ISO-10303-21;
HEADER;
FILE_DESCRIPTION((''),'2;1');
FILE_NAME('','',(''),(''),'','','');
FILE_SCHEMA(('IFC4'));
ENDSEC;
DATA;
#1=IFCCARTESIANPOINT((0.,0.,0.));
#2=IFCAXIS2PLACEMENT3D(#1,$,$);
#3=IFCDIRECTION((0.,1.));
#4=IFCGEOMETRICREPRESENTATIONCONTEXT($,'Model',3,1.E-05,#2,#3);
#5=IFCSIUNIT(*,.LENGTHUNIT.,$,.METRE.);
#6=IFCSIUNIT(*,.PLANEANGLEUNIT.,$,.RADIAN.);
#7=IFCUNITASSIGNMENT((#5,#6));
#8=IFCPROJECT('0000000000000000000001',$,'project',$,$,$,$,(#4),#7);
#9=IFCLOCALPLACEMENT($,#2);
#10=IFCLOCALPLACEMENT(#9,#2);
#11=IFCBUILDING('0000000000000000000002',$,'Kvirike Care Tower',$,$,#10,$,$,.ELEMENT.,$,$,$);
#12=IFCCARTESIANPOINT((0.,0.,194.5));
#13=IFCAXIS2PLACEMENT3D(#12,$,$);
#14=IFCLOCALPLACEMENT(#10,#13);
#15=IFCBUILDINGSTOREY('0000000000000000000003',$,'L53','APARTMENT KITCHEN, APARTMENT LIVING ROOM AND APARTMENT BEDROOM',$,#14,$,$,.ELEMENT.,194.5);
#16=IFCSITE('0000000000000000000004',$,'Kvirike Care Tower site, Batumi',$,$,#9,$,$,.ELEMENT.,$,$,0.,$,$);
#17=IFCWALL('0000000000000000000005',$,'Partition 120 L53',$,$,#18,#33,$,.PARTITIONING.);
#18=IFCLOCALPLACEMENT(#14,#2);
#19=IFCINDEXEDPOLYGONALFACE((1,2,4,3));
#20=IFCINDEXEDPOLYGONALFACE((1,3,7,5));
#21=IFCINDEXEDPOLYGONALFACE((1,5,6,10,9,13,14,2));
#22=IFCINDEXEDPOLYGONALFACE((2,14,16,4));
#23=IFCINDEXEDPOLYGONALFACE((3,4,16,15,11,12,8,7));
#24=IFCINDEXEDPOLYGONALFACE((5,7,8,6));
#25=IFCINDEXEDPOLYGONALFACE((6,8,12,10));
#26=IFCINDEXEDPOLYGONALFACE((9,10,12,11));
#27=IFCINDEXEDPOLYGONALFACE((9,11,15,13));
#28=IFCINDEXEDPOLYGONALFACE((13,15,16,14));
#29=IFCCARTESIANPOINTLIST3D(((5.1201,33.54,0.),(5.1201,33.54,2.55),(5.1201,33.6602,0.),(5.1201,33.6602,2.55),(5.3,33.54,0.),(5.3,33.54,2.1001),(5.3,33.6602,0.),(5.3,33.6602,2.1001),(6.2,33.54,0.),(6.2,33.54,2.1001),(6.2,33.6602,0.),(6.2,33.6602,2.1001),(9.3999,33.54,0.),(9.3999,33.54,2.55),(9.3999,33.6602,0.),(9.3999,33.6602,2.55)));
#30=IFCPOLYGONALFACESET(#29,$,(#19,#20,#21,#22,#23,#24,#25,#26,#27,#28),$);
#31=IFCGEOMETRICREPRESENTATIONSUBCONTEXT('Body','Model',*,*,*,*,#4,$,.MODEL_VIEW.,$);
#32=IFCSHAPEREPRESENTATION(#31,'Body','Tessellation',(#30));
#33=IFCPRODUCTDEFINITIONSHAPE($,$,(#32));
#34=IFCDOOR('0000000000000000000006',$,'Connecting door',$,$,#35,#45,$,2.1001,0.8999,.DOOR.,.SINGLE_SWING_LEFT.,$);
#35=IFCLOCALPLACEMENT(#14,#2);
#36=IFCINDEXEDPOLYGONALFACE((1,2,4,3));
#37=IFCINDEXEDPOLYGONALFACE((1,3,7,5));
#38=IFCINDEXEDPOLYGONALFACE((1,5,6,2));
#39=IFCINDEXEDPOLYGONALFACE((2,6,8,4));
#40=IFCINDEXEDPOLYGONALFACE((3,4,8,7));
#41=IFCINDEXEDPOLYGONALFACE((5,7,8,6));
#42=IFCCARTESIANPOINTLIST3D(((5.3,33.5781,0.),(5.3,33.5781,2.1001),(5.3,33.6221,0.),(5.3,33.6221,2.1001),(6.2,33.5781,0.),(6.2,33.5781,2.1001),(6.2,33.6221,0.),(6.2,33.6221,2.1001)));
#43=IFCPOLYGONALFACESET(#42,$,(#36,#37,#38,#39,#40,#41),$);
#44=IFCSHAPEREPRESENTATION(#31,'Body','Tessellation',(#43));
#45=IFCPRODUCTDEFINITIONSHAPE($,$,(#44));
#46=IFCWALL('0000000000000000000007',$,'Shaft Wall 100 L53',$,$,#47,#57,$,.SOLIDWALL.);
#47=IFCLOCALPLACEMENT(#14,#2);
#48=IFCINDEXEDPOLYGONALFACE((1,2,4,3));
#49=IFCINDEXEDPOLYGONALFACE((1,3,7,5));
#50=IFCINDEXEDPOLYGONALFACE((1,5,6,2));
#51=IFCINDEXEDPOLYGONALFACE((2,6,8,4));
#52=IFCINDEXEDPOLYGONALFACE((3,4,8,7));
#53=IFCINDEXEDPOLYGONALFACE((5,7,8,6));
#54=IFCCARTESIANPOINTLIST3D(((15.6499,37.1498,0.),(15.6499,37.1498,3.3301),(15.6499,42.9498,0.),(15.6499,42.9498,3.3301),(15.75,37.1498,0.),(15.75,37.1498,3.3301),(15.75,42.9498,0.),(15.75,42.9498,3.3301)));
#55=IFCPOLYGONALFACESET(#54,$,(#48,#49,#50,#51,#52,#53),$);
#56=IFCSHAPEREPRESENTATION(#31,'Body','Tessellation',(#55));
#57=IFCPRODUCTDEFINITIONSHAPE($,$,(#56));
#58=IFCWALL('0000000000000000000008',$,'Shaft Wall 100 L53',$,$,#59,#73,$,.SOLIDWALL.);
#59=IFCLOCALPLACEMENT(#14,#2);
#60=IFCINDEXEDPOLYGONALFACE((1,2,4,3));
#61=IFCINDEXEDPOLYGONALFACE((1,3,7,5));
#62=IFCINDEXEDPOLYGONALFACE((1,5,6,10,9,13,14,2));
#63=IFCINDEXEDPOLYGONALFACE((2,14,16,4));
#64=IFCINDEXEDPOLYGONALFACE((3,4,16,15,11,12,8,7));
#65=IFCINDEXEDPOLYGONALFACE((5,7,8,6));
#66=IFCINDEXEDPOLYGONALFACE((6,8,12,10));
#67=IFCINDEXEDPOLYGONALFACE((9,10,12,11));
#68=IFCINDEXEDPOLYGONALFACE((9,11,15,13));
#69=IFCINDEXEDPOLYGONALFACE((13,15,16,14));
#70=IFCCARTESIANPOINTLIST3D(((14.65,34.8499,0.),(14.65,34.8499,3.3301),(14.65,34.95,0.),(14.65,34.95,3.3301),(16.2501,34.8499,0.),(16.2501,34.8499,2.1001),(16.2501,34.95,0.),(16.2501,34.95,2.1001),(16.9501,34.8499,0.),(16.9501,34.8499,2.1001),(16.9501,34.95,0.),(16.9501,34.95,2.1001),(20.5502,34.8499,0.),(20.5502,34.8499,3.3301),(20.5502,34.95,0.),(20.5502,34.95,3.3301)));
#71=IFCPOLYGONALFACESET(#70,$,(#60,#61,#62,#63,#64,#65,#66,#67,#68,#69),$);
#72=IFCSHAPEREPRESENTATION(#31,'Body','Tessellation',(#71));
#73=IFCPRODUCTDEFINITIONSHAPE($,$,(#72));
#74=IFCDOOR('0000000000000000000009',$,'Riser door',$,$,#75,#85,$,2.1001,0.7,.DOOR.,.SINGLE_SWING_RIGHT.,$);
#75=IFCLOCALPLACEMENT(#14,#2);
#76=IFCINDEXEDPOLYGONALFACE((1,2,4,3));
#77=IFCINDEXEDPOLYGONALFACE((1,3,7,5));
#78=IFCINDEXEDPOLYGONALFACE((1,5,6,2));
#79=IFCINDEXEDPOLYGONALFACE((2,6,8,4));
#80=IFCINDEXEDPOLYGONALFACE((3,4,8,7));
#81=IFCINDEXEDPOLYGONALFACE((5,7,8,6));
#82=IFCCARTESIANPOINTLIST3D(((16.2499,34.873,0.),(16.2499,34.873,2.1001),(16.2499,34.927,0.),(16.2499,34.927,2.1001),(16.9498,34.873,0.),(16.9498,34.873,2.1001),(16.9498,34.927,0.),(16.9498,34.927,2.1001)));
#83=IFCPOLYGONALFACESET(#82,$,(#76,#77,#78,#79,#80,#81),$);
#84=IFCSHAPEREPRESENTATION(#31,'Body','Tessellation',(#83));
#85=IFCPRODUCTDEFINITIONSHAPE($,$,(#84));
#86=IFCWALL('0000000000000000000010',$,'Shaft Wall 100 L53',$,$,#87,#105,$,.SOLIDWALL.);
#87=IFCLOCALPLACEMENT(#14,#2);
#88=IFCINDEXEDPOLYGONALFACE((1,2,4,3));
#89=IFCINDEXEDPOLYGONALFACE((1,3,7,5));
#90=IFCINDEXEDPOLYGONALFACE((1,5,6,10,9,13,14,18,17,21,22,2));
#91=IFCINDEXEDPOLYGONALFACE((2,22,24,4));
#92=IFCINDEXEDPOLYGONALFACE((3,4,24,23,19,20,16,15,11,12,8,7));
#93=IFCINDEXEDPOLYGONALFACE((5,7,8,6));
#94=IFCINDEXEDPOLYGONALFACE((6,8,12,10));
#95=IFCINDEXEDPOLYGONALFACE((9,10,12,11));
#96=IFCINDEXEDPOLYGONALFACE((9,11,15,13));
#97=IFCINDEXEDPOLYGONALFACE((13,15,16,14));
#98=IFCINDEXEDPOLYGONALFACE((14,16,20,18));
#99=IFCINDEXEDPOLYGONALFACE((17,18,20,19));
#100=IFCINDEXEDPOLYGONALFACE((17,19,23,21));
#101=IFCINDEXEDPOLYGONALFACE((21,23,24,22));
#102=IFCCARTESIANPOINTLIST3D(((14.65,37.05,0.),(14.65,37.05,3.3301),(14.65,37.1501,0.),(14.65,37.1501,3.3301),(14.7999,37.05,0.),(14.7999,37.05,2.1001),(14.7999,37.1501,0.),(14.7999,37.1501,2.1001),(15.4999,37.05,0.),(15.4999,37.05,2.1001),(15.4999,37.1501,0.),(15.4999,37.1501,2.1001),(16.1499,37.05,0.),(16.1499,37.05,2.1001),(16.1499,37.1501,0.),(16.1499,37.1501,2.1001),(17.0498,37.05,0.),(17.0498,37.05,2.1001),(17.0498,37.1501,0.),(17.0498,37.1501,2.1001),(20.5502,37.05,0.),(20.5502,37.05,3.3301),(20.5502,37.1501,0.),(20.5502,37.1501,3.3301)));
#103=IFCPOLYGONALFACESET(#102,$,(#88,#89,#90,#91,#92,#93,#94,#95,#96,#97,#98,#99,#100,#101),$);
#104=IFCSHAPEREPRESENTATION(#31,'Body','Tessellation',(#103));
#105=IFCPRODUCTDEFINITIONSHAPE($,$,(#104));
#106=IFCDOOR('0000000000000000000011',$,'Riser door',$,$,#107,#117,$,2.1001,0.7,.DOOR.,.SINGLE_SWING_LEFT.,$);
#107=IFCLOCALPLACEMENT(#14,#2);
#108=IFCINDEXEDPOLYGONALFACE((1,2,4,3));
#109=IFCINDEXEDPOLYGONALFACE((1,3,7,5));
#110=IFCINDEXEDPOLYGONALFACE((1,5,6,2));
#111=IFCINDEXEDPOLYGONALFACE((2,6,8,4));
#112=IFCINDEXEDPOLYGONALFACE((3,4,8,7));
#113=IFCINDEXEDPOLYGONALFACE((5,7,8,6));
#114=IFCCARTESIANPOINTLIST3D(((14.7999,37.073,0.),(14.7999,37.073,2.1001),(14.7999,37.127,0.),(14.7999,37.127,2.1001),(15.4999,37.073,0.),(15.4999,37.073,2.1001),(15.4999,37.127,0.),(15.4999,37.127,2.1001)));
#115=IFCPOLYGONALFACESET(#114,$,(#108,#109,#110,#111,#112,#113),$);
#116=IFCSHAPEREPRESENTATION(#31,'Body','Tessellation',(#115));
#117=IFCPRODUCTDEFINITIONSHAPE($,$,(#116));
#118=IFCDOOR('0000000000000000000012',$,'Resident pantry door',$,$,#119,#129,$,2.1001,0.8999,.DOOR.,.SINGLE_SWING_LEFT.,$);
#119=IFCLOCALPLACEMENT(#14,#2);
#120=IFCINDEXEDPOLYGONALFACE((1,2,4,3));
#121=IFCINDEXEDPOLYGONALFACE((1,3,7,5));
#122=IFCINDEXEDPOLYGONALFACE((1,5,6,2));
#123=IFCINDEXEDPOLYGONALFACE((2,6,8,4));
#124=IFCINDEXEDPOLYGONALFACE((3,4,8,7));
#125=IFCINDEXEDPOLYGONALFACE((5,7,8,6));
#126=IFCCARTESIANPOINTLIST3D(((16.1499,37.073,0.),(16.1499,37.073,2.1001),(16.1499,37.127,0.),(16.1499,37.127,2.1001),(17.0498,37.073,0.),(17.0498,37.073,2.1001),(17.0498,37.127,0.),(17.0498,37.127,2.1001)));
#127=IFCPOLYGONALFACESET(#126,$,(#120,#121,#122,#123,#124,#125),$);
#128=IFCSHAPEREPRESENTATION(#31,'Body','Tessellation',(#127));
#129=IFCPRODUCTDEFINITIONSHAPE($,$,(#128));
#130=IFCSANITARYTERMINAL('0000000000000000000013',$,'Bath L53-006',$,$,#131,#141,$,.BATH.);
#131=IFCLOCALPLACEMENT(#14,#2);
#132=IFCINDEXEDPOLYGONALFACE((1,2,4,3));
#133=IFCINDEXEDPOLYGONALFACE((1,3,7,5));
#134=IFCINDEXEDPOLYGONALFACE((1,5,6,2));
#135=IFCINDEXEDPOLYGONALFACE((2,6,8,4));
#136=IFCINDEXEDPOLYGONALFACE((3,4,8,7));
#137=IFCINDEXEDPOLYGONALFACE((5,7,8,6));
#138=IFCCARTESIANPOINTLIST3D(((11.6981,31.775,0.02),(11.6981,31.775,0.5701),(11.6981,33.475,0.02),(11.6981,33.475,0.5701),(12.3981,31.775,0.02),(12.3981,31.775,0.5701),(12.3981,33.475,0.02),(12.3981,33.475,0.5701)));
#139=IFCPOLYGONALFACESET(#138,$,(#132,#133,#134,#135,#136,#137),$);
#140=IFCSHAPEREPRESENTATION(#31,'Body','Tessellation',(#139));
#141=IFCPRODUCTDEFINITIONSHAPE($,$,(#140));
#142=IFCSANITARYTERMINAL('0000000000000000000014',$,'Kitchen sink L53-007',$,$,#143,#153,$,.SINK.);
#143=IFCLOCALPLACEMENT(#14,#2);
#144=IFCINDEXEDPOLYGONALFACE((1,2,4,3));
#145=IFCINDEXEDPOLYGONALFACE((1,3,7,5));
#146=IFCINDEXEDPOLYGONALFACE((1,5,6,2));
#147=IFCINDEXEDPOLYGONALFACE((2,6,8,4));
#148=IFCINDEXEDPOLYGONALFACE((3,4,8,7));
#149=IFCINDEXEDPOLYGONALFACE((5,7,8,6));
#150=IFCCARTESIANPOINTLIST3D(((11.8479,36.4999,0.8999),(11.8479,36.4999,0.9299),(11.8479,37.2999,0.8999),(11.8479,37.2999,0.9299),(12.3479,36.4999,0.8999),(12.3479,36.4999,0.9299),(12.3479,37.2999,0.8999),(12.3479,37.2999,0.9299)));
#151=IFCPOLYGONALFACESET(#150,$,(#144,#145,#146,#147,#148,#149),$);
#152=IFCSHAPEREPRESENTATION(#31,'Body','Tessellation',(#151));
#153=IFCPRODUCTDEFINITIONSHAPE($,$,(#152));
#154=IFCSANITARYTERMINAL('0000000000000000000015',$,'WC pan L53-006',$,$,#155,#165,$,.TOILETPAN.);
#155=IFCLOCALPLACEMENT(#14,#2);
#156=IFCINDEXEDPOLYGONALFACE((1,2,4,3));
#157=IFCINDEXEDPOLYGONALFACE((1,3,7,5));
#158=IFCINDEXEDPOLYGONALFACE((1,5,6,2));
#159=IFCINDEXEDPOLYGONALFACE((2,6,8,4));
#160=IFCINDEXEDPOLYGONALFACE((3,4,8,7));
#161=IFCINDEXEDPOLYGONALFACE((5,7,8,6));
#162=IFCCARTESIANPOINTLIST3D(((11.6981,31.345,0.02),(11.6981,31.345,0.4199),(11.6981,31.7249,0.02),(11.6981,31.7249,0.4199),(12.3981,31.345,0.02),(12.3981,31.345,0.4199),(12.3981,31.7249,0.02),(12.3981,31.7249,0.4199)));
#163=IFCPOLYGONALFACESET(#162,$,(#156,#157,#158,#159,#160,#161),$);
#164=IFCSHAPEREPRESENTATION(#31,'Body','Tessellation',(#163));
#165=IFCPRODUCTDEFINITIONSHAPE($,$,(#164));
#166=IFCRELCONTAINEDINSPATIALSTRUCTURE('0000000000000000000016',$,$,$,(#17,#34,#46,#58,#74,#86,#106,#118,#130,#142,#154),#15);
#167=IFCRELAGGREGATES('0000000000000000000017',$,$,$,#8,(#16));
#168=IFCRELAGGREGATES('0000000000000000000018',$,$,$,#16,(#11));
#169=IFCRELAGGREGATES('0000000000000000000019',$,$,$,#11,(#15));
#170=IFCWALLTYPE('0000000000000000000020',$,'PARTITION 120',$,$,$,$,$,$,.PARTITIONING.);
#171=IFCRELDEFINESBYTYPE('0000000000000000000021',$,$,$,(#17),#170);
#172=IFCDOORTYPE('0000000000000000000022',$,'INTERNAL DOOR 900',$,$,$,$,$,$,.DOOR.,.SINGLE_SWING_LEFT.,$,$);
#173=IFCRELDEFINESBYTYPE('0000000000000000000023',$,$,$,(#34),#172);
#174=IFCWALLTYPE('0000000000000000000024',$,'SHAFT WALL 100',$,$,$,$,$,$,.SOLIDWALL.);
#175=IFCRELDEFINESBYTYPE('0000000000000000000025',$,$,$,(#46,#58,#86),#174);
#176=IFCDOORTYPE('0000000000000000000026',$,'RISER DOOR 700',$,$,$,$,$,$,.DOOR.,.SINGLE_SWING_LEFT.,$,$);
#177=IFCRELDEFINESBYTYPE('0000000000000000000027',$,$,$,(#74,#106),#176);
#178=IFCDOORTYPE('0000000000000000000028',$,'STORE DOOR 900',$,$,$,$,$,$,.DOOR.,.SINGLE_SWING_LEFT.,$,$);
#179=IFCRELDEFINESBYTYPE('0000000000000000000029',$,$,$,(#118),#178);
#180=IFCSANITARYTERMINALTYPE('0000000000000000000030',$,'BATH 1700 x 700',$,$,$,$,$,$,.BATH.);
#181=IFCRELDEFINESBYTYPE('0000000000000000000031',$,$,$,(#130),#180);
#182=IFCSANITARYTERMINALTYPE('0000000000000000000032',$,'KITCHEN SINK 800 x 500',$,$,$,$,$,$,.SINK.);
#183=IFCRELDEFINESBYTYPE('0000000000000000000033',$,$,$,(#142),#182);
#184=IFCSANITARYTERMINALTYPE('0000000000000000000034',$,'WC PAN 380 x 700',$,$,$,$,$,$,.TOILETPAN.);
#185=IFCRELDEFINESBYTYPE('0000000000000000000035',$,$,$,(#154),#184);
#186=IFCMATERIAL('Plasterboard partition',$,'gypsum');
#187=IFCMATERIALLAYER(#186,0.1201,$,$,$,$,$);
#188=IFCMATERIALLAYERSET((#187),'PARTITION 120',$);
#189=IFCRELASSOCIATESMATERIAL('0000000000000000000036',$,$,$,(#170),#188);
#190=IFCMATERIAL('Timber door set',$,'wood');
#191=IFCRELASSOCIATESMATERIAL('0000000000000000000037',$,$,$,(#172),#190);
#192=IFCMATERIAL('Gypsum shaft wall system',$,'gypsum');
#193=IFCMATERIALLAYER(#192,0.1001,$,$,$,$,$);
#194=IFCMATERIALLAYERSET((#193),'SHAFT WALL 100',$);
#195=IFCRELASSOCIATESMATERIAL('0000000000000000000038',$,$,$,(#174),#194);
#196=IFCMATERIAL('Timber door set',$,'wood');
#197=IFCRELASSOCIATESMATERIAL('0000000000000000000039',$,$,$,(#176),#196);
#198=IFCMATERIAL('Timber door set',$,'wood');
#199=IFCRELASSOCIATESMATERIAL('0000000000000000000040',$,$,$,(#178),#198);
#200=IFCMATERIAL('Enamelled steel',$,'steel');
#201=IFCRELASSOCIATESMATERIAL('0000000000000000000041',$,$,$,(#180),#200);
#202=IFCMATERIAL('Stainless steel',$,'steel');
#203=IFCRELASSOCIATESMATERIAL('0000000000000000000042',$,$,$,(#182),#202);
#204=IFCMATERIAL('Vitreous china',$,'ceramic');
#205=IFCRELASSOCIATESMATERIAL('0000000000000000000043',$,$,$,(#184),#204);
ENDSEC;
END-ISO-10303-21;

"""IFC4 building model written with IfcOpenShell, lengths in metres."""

from ifc_helpers import new_model, si_unit, direction, frame, frame_2d, origin, origin_2d, place, context, subcontext, project, spatial, rectangle, extrude, material, layer, layer_set, type_object, element, fill, save


model = new_model("IFC4")

# Units and contexts
model_context = context("Model", 3, precision=1e-05, world=origin(), true_north=direction((0.0, 1.0)))
body_context = subcontext(model_context, "Body", "Model", "MODEL_VIEW")
ifc_project = project(units=[si_unit("LENGTHUNIT", "METRE"), si_unit("PLANEANGLEUNIT", "RADIAN")], contexts=[model_context])

# Site, building, storey
site_placement = place(None, origin())
site = spatial("IfcSite", under=ifc_project, at=site_placement, Name="Kvirike Care Tower site, Batumi", CompositionType="ELEMENT", RefElevation=0.0)
building_placement = place(site_placement, origin())
building = spatial("IfcBuilding", under=site, at=building_placement, Name="Kvirike Care Tower", CompositionType="ELEMENT")
storey_placement = place(building_placement, frame((0.0, 0.0, 194.5)))
storey = spatial("IfcBuildingStorey", under=building, at=storey_placement, Name="L53", Description="APARTMENT KITCHEN, APARTMENT LIVING ROOM AND APARTMENT BEDROOM", CompositionType="ELEMENT", Elevation=194.5)

# Shared definitions
ifc_material_1 = material(Name="Plasterboard partition", Category="gypsum")
ifc_layer_1 = layer(ifc_material_1, 0.1201)
ifc_layer_set_1 = layer_set([ifc_layer_1], Name="PARTITION 120")
wall_type_1 = type_object("IfcWallType", Name="PARTITION 120", PredefinedType="PARTITIONING", material=ifc_layer_set_1)
ifc_material_2 = material(Name="Timber door set", Category="wood")
door_type_1 = type_object("IfcDoorType", Name="INTERNAL DOOR 900", OperationType="SINGLE_SWING_LEFT", PredefinedType="DOOR", material=ifc_material_2)

# Wall, opening, door
wall_1_placement = place(storey_placement, frame((5.1201, 33.6001, 0.0), z_axis=(0.0, 0.0, 1.0), x_axis=(1.0, 0.0, 0.0)))
wall_1 = element("IfcWall", 1, at=wall_1_placement, inside=storey, type_object=wall_type_1, Name="Partition 120 L53", PredefinedType="PARTITIONING", context=body_context, shape_type="SweptSolid", body=[
    extrude(rectangle(XDim=4.2798, YDim=0.1201, at=frame_2d((2.1399, 0.0))), origin(), (0.0, 0.0, 1.0), 2.55),
])
opening_1_placement = place(wall_1_placement, frame((0.1799, 0.0, 0.0)))
opening_1 = element("IfcOpeningElement", 2, at=opening_1_placement, cuts=wall_1, PredefinedType="OPENING", context=body_context, shape_type="SweptSolid", body=[
    extrude(rectangle(XDim=0.8999, YDim=2.1001, at=frame_2d((0.45, 1.05))), frame((0.0, 0.0706, 0.0), z_axis=(0.0, -1.0, 0.0), x_axis=(1.0, 0.0, 0.0)), (0.0, 0.0, 1.0), 0.1411),
])
door_1_placement = place(opening_1_placement, frame((0.8999, 0.0, 0.0), z_axis=(0.0, 0.0, 1.0), x_axis=(-1.0, 0.0, 0.0)))
door_1 = element("IfcDoor", 3, at=door_1_placement, inside=storey, type_object=door_type_1, Name="Connecting door", OperationType="SINGLE_SWING_LEFT", OverallHeight=2.1001, OverallWidth=0.8999, PredefinedType="DOOR", context=body_context, shape_type="SweptSolid", body=[
    extrude(rectangle(XDim=0.8999, YDim=2.1001, at=frame_2d((0.45, 1.05))), frame((0.0, 0.022, 0.0), z_axis=(0.0, -1.0, 0.0), x_axis=(1.0, 0.0, 0.0)), (0.0, 0.0, 1.0), 0.0439),
])
fill(opening_1, door_1)

# Wall
ifc_material_3 = material(Name="Gypsum shaft wall system", Category="gypsum")
ifc_layer_2 = layer(ifc_material_3, 0.1001)
ifc_layer_set_2 = layer_set([ifc_layer_2], Name="SHAFT WALL 100")
wall_type_2 = type_object("IfcWallType", Name="SHAFT WALL 100", PredefinedType="SOLIDWALL", material=ifc_layer_set_2)
wall_2_placement = place(storey_placement, frame((15.7, 37.1499, 0.0), z_axis=(0.0, 0.0, 1.0), x_axis=(0.0, 1.0, 0.0)))
element("IfcWall", 4, at=wall_2_placement, inside=storey, type_object=wall_type_2, Name="Shaft Wall 100 L53", PredefinedType="SOLIDWALL", context=body_context, shape_type="SweptSolid", body=[
    extrude(rectangle(XDim=5.8, YDim=0.1001, at=frame_2d((2.8999, 0.0))), origin(), (0.0, 0.0, 1.0), 3.3301),
])

# Wall, opening, door
wall_3_placement = place(storey_placement, frame((14.6499, 34.8999, 0.0), z_axis=(0.0, 0.0, 1.0), x_axis=(1.0, 0.0, 0.0)))
wall_3 = element("IfcWall", 5, at=wall_3_placement, inside=storey, type_object=wall_type_2, Name="Shaft Wall 100 L53", PredefinedType="SOLIDWALL", context=body_context, shape_type="SweptSolid", body=[
    extrude(rectangle(XDim=5.9001, YDim=0.1001, at=frame_2d((2.9502, 0.0))), origin(), (0.0, 0.0, 1.0), 3.3301),
])
opening_2_placement = place(wall_3_placement, frame((1.6001, 0.0, 0.0)))
opening_2 = element("IfcOpeningElement", 6, at=opening_2_placement, cuts=wall_3, PredefinedType="OPENING", context=body_context, shape_type="SweptSolid", body=[
    extrude(rectangle(XDim=0.7, YDim=2.1001, at=frame_2d((0.3501, 1.05))), frame((0.0, 0.0605, 0.0), z_axis=(0.0, -1.0, 0.0), x_axis=(1.0, 0.0, 0.0)), (0.0, 0.0, 1.0), 0.1211),
])
ifc_material_4 = material(Name="Timber door set", Category="wood")
door_type_2 = type_object("IfcDoorType", Name="RISER DOOR 700", OperationType="SINGLE_SWING_LEFT", PredefinedType="DOOR", material=ifc_material_4)
door_2_placement = place(opening_2_placement, frame((0.7, 0.0, 0.0), z_axis=(0.0, 0.0, 1.0), x_axis=(-1.0, 0.0, 0.0)))
door_2 = element("IfcDoor", 7, at=door_2_placement, inside=storey, type_object=door_type_2, Name="Riser door", OperationType="SINGLE_SWING_RIGHT", OverallHeight=2.1001, OverallWidth=0.7, PredefinedType="DOOR", context=body_context, shape_type="SweptSolid", body=[
    extrude(rectangle(XDim=0.7, YDim=2.1001, at=frame_2d((0.3501, 1.05))), frame((0.0, 0.0269, 0.0), z_axis=(0.0, -1.0, 0.0), x_axis=(1.0, 0.0, 0.0)), (0.0, 0.0, 1.0), 0.054),
])
fill(opening_2, door_2)

# Wall, openings, doors
wall_4_placement = place(storey_placement, frame((14.6499, 37.1001, 0.0), z_axis=(0.0, 0.0, 1.0), x_axis=(1.0, 0.0, 0.0)))
wall_4 = element("IfcWall", 8, at=wall_4_placement, inside=storey, type_object=wall_type_2, Name="Shaft Wall 100 L53", PredefinedType="SOLIDWALL", context=body_context, shape_type="SweptSolid", body=[
    extrude(rectangle(XDim=5.9001, YDim=0.1001, at=frame_2d((2.9502, 0.0))), origin(), (0.0, 0.0, 1.0), 3.3301),
])
opening_3_placement = place(wall_4_placement, frame((0.1499, 0.0, 0.0)))
opening_3 = element("IfcOpeningElement", 9, at=opening_3_placement, cuts=wall_4, PredefinedType="OPENING", context=body_context, shape_type="SweptSolid", body=[
    extrude(rectangle(XDim=0.7, YDim=2.1001, at=frame_2d((0.3501, 1.05))), frame((0.0, 0.0605, 0.0), z_axis=(0.0, -1.0, 0.0), x_axis=(1.0, 0.0, 0.0)), (0.0, 0.0, 1.0), 0.1211),
])
opening_4_placement = place(wall_4_placement, frame((1.5, 0.0, 0.0)))
opening_4 = element("IfcOpeningElement", 10, at=opening_4_placement, cuts=wall_4, PredefinedType="OPENING", context=body_context, shape_type="SweptSolid", body=[
    extrude(rectangle(XDim=0.8999, YDim=2.1001, at=frame_2d((0.45, 1.05))), frame((0.0, 0.0605, 0.0), z_axis=(0.0, -1.0, 0.0), x_axis=(1.0, 0.0, 0.0)), (0.0, 0.0, 1.0), 0.1211),
])
door_3_placement = place(opening_3_placement, origin())
door_3 = element("IfcDoor", 11, at=door_3_placement, inside=storey, type_object=door_type_2, Name="Riser door", OperationType="SINGLE_SWING_LEFT", OverallHeight=2.1001, OverallWidth=0.7, PredefinedType="DOOR", context=body_context, shape_type="SweptSolid", body=[
    extrude(rectangle(XDim=0.7, YDim=2.1001, at=frame_2d((0.3501, 1.05))), frame((0.0, 0.0269, 0.0), z_axis=(0.0, -1.0, 0.0), x_axis=(1.0, 0.0, 0.0)), (0.0, 0.0, 1.0), 0.054),
])
fill(opening_3, door_3)
ifc_material_5 = material(Name="Timber door set", Category="wood")
door_type_3 = type_object("IfcDoorType", Name="STORE DOOR 900", OperationType="SINGLE_SWING_LEFT", PredefinedType="DOOR", material=ifc_material_5)
door_4_placement = place(opening_4_placement, origin())
door_4 = element("IfcDoor", 12, at=door_4_placement, inside=storey, type_object=door_type_3, Name="Resident pantry door", OperationType="SINGLE_SWING_LEFT", OverallHeight=2.1001, OverallWidth=0.8999, PredefinedType="DOOR", context=body_context, shape_type="SweptSolid", body=[
    extrude(rectangle(XDim=0.8999, YDim=2.1001, at=frame_2d((0.45, 1.05))), frame((0.0, 0.0269, 0.0), z_axis=(0.0, -1.0, 0.0), x_axis=(1.0, 0.0, 0.0)), (0.0, 0.0, 1.0), 0.054),
])
fill(opening_4, door_4)

# Sanitary terminals
ifc_material_6 = material(Name="Enamelled steel", Category="steel")
sanitary_terminal_type_1 = type_object("IfcSanitaryTerminalType", Name="BATH 1700 x 700", PredefinedType="BATH", material=ifc_material_6)
sanitary_terminal_1_placement = place(storey_placement, frame((12.0481, 32.625, 0.02), z_axis=(0.0, 0.0, 1.0), x_axis=(0.0, -1.0, 0.0)))
element("IfcSanitaryTerminal", 13, at=sanitary_terminal_1_placement, inside=storey, type_object=sanitary_terminal_type_1, Name="Bath L53-006", PredefinedType="BATH", context=body_context, shape_type="SweptSolid", body=[
    extrude(rectangle(XDim=1.7, YDim=0.7, at=origin_2d()), origin(), (0.0, 0.0, 1.0), 0.55),
])
ifc_material_7 = material(Name="Stainless steel", Category="steel")
sanitary_terminal_type_2 = type_object("IfcSanitaryTerminalType", Name="KITCHEN SINK 800 x 500", PredefinedType="SINK", material=ifc_material_7)
sanitary_terminal_2_placement = place(storey_placement, frame((12.0979, 36.8999, 0.8999), z_axis=(0.0, 0.0, 1.0), x_axis=(0.0, -1.0, 0.0)))
element("IfcSanitaryTerminal", 14, at=sanitary_terminal_2_placement, inside=storey, type_object=sanitary_terminal_type_2, Name="Kitchen sink L53-007", PredefinedType="SINK", context=body_context, shape_type="SweptSolid", body=[
    extrude(rectangle(XDim=0.8, YDim=0.5, at=origin_2d()), origin(), (0.0, 0.0, 1.0), 0.03),
])
ifc_material_8 = material(Name="Vitreous china", Category="ceramic")
sanitary_terminal_type_3 = type_object("IfcSanitaryTerminalType", Name="WC PAN 380 x 700", PredefinedType="TOILETPAN", material=ifc_material_8)
sanitary_terminal_3_placement = place(storey_placement, frame((12.0481, 31.5349, 0.02), z_axis=(0.0, 0.0, 1.0), x_axis=(0.0, -1.0, 0.0)))
element("IfcSanitaryTerminal", 15, at=sanitary_terminal_3_placement, inside=storey, type_object=sanitary_terminal_type_3, Name="WC pan L53-006", PredefinedType="TOILETPAN", context=body_context, shape_type="SweptSolid", body=[
    extrude(rectangle(XDim=0.3799, YDim=0.7, at=origin_2d()), origin(), (0.0, 0.0, 1.0), 0.3999),
])

save(model, "model.ifc")
